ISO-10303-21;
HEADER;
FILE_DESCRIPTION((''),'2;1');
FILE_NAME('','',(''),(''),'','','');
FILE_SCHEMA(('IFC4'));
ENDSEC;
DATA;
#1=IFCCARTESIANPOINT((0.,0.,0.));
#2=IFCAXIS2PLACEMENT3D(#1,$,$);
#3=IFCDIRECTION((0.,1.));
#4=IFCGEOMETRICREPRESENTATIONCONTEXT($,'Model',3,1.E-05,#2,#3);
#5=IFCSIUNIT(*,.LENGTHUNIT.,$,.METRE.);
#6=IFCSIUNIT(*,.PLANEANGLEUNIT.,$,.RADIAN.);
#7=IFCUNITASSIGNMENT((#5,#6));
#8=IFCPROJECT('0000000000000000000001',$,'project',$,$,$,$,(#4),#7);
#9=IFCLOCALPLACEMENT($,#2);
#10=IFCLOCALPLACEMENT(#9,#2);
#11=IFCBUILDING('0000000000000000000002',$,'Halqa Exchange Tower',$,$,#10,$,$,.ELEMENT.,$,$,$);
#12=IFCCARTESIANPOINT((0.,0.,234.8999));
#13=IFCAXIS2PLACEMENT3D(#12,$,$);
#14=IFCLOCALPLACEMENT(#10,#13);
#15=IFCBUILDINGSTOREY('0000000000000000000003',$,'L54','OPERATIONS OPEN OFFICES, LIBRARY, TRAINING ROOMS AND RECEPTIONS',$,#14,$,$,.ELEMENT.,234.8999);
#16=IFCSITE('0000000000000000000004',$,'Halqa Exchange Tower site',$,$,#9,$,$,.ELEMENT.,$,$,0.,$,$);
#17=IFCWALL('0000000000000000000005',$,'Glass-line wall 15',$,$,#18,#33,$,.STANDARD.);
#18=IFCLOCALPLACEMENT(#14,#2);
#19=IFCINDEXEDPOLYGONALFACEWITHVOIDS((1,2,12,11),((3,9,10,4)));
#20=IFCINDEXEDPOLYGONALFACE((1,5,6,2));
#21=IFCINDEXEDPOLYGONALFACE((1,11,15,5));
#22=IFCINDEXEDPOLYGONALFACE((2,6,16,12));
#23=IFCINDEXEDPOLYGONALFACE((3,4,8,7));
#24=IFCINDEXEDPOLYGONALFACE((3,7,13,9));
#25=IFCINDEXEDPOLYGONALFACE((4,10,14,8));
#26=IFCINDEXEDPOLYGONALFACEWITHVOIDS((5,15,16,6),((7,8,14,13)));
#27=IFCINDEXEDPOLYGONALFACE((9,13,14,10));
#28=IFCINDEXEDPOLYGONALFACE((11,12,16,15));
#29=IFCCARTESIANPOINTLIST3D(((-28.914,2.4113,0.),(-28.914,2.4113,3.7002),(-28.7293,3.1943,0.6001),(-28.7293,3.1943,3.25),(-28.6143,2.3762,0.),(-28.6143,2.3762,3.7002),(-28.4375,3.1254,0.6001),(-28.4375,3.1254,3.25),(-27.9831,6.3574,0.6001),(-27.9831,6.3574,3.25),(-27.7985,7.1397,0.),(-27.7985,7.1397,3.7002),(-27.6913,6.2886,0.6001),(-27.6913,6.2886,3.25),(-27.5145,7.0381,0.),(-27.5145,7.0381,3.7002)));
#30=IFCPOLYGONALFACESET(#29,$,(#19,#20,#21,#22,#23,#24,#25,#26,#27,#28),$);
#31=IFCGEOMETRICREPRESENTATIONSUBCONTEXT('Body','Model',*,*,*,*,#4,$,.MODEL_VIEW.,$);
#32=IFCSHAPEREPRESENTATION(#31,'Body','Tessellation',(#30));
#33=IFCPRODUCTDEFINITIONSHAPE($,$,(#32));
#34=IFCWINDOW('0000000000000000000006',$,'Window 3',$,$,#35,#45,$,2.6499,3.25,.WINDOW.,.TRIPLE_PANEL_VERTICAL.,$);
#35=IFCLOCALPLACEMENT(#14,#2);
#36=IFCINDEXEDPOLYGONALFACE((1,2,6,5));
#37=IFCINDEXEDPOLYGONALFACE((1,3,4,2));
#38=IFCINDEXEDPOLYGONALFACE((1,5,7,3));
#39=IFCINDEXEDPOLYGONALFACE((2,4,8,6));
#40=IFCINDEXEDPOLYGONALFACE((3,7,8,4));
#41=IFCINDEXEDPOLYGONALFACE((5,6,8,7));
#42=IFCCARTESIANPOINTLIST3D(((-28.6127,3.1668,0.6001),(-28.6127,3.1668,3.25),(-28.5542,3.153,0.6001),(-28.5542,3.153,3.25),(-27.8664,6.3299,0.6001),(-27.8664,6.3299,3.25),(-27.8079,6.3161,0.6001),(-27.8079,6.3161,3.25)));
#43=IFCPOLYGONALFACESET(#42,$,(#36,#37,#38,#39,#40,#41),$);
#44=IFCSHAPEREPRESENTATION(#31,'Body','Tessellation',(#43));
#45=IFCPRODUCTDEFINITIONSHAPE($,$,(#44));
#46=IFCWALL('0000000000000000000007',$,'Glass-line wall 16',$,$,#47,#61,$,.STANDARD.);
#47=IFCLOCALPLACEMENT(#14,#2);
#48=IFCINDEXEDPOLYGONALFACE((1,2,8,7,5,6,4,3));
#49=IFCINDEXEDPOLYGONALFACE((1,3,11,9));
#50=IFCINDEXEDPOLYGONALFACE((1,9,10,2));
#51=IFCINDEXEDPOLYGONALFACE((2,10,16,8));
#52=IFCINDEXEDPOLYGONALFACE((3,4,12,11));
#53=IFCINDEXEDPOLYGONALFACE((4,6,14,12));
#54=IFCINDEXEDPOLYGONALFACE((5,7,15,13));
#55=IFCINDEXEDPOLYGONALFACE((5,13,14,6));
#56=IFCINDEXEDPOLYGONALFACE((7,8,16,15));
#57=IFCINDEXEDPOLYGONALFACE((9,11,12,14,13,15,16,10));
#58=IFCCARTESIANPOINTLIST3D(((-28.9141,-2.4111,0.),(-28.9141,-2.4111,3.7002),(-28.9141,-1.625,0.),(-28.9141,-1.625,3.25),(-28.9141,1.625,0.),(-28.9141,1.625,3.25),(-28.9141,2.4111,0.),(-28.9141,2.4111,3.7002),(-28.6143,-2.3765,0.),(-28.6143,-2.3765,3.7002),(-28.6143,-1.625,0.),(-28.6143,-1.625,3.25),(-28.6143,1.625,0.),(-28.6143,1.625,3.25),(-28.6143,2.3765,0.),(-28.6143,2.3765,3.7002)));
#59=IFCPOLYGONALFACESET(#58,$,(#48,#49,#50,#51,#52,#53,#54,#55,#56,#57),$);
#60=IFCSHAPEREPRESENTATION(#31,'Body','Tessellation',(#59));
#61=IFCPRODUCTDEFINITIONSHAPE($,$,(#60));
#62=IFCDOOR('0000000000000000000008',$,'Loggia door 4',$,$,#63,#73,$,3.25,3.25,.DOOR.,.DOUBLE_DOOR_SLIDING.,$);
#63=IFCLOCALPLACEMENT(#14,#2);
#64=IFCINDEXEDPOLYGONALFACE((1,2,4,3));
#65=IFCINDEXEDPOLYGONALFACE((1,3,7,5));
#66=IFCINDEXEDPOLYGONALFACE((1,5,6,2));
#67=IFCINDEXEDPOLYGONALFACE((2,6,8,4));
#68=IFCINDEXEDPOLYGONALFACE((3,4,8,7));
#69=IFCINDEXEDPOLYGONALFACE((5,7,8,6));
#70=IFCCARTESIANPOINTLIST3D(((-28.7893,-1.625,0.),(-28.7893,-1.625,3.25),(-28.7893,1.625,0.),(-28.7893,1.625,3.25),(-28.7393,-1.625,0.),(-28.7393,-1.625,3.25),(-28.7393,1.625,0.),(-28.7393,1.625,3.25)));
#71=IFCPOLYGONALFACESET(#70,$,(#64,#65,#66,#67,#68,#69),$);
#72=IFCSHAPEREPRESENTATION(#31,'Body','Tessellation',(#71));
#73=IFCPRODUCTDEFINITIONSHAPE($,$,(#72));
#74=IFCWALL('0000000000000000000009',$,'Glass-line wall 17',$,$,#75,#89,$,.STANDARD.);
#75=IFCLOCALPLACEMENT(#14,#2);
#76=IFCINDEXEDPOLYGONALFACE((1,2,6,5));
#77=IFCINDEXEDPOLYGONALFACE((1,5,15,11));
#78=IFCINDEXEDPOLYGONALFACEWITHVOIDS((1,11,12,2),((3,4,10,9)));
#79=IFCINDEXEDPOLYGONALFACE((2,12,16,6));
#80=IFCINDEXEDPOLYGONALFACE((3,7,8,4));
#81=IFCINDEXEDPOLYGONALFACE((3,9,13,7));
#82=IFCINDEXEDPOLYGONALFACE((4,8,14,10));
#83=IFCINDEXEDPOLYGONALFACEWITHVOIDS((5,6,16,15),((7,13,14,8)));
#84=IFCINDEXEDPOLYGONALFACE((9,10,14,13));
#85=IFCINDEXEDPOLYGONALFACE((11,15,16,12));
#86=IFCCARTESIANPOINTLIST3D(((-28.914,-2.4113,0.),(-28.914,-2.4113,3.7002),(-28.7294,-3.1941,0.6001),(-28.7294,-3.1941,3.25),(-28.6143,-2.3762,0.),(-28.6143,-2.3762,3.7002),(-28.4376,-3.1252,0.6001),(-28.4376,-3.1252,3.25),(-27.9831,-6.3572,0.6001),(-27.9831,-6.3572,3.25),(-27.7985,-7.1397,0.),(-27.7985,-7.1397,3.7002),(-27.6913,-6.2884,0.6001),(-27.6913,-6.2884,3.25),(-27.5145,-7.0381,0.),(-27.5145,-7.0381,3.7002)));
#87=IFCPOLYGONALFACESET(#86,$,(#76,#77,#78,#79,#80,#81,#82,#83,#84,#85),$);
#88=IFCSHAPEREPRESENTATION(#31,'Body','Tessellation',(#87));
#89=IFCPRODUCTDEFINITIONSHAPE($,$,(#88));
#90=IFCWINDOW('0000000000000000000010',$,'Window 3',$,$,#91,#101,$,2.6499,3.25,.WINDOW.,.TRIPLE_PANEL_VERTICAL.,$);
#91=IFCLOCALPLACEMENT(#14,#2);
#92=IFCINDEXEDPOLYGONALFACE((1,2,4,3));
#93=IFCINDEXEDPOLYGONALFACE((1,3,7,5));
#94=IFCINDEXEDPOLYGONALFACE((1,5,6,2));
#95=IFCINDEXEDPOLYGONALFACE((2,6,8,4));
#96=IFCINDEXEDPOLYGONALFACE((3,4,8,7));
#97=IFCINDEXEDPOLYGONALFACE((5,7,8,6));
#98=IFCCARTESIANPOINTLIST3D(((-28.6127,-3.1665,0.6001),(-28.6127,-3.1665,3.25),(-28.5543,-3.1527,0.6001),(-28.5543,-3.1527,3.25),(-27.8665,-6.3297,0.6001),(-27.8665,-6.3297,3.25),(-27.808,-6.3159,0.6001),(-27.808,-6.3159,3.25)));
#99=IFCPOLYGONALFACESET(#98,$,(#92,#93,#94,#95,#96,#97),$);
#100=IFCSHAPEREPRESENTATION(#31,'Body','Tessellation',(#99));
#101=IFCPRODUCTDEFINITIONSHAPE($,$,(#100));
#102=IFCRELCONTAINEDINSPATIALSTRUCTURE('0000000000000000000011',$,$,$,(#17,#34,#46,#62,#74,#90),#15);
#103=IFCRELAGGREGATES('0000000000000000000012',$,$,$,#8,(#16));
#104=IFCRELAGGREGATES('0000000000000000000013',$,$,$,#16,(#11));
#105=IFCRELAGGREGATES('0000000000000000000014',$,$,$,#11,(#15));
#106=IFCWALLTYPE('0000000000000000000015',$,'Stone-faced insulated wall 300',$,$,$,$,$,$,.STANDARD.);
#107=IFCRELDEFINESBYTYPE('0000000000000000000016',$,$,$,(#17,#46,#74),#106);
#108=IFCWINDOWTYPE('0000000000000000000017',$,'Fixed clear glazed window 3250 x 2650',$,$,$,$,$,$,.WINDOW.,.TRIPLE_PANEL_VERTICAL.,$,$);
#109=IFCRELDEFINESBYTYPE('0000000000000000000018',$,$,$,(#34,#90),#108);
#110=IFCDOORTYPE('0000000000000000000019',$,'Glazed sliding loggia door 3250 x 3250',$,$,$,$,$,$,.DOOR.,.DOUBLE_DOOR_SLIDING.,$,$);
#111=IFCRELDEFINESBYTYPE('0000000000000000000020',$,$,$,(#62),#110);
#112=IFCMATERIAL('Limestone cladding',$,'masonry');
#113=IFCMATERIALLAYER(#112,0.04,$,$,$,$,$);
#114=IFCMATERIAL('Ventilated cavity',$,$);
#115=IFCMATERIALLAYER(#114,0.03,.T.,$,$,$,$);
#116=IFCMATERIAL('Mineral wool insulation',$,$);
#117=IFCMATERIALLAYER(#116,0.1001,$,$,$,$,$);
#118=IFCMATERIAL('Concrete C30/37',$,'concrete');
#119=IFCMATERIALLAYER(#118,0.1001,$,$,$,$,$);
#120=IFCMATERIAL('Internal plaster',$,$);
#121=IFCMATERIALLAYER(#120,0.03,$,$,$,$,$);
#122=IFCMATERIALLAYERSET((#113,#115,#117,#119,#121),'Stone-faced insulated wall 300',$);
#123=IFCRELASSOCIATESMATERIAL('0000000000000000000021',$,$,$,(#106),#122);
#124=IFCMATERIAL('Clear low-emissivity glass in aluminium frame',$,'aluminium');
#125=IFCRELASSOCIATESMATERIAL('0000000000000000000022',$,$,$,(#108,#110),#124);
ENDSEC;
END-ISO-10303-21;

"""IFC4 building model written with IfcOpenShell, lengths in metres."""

from ifc_helpers import new_model, si_unit, direction, frame, frame_2d, origin, place, context, subcontext, project, spatial, polyline, rectangle, outline, extrude, material, layer, layer_set, type_object, element, fill, save


model = new_model("IFC4")

# Units and contexts
model_context = context("Model", 3, precision=1e-05, world=origin(), true_north=direction((0.0, 1.0)))
body_context = subcontext(model_context, "Body", "Model", "MODEL_VIEW")
ifc_project = project(units=[si_unit("LENGTHUNIT", "METRE"), si_unit("PLANEANGLEUNIT", "RADIAN")], contexts=[model_context])

# Site, building, storey
site_placement = place(None, origin())
site = spatial("IfcSite", under=ifc_project, at=site_placement, Name="Halqa Exchange Tower site", CompositionType="ELEMENT", RefElevation=0.0)
building_placement = place(site_placement, origin())
building = spatial("IfcBuilding", under=site, at=building_placement, Name="Halqa Exchange Tower", CompositionType="ELEMENT")
storey_placement = place(building_placement, frame((0.0, 0.0, 234.8999)))
storey = spatial("IfcBuildingStorey", under=building, at=storey_placement, Name="L54", Description="OPERATIONS OPEN OFFICES, LIBRARY, TRAINING ROOMS AND RECEPTIONS", CompositionType="ELEMENT", Elevation=234.8999)

# Wall, opening, window
ifc_material_1 = material(Name="Limestone cladding", Category="masonry")
ifc_layer_1 = layer(ifc_material_1, 0.04)
ifc_material_2 = material(Name="Ventilated cavity")
ifc_layer_2 = layer(ifc_material_2, 0.03, ventilated=True)
ifc_material_3 = material(Name="Mineral wool insulation")
ifc_layer_3 = layer(ifc_material_3, 0.1001)
ifc_material_4 = material(Name="Concrete C30/37", Category="concrete")
ifc_layer_4 = layer(ifc_material_4, 0.1001)
ifc_material_5 = material(Name="Internal plaster")
ifc_layer_5 = layer(ifc_material_5, 0.03)
ifc_layer_set_1 = layer_set([ifc_layer_1, ifc_layer_2, ifc_layer_3, ifc_layer_4, ifc_layer_5], Name="Stone-faced insulated wall 300")
wall_type_1 = type_object("IfcWallType", Name="Stone-faced insulated wall 300", PredefinedType="STANDARD", material=ifc_layer_set_1)
ifc_material_6 = material(Name="Clear low-emissivity glass in aluminium frame", Category="aluminium")
window_type = type_object("IfcWindowType", Name="Fixed clear glazed window 3250 x 2650", PartitioningType="TRIPLE_PANEL_VERTICAL", PredefinedType="WINDOW", material=ifc_material_6)
wall_1_placement = place(storey_placement, frame((-27.6565, 7.0889, 0.0), z_axis=(0.0, 0.0, 1.0), x_axis=(-0.229618, -0.973281, 0.0)))
wall_1 = element("IfcWall", 1, at=wall_1_placement, inside=storey, type_object=wall_type_1, Name="Glass-line wall 15", PredefinedType="STANDARD", context=body_context, shape_type="SweptSolid", body=[
    extrude(outline(polyline([(-0.0168, -0.1499), (4.8413, -0.1499), (4.8066, 0.1499), (0.0168, 0.1499), (-0.0168, -0.1499)])), origin(), (0.0, 0.0, 1.0), 3.7002),
])
opening_1_placement = place(wall_1_placement, frame((0.7869, 0.0, 0.6001)))
opening_1 = element("IfcOpeningElement", 2, at=opening_1_placement, cuts=wall_1, PredefinedType="OPENING", context=body_context, shape_type="SweptSolid", body=[
    extrude(rectangle(XDim=3.25, YDim=2.6499, at=frame_2d((1.625, 1.325))), frame((0.0, 0.1621, 0.0), z_axis=(0.0, -1.0, 0.0), x_axis=(1.0, 0.0, 0.0)), (0.0, 0.0, 1.0), 0.324),
])
window_1_placement = place(opening_1_placement, origin())
window_1 = element("IfcWindow", 3, at=window_1_placement, inside=storey, type_object=window_type, Name="Window 3", OverallHeight=2.6499, OverallWidth=3.25, PartitioningType="TRIPLE_PANEL_VERTICAL", PredefinedType="WINDOW", context=body_context, shape_type="SweptSolid", body=[
    extrude(rectangle(XDim=3.25, YDim=2.6499, at=frame_2d((1.625, 1.325))), frame((0.0, 0.03, 0.0), z_axis=(0.0, -1.0, 0.0), x_axis=(1.0, 0.0, 0.0)), (0.0, 0.0, 1.0), 0.0601),
])
fill(opening_1, window_1)

# Wall, opening, door
wall_2_placement = place(storey_placement, frame((-28.7642, 2.3938, 0.0), z_axis=(0.0, 0.0, 1.0), x_axis=(0.0, -1.0, 0.0)))
wall_2 = element("IfcWall", 4, at=wall_2_placement, inside=storey, type_object=wall_type_1, Name="Glass-line wall 16", PredefinedType="STANDARD", context=body_context, shape_type="SweptSolid", body=[
    extrude(outline(polyline([(-0.0173, -0.1499), (4.8049, -0.1499), (4.7703, 0.1499), (0.0173, 0.1499), (-0.0173, -0.1499)])), origin(), (0.0, 0.0, 1.0), 3.7002),
])
opening_2_placement = place(wall_2_placement, frame((0.7688, 0.0, 0.0)))
opening_2 = element("IfcOpeningElement", 5, at=opening_2_placement, cuts=wall_2, PredefinedType="OPENING", context=body_context, shape_type="SweptSolid", body=[
    extrude(rectangle(XDim=3.25, YDim=3.25, at=frame_2d((1.625, 1.625))), frame((0.0, 0.1621, 0.0), z_axis=(0.0, -1.0, 0.0), x_axis=(1.0, 0.0, 0.0)), (0.0, 0.0, 1.0), 0.324),
])
door_type_1 = type_object("IfcDoorType", Name="Glazed sliding loggia door 3250 x 3250", OperationType="DOUBLE_DOOR_SLIDING", PredefinedType="DOOR", material=ifc_material_6)
door_1_placement = place(opening_2_placement, origin())
door_1 = element("IfcDoor", 6, at=door_1_placement, inside=storey, type_object=door_type_1, Name="Loggia door 4", OperationType="DOUBLE_DOOR_SLIDING", OverallHeight=3.25, OverallWidth=3.25, PredefinedType="DOOR", context=body_context, shape_type="SweptSolid", body=[
    extrude(rectangle(XDim=3.25, YDim=3.25, at=frame_2d((1.625, 1.625))), frame((0.0, 0.0249, 0.0), z_axis=(0.0, -1.0, 0.0), x_axis=(1.0, 0.0, 0.0)), (0.0, 0.0, 1.0), 0.05),
])
fill(opening_2, door_1)

# Wall, opening, window
wall_3_placement = place(storey_placement, frame((-28.7642, -2.3938, 0.0), z_axis=(0.0, 0.0, 1.0), x_axis=(0.229618, -0.973281, 0.0)))
wall_3 = element("IfcWall", 7, at=wall_3_placement, inside=storey, type_object=wall_type_1, Name="Glass-line wall 17", PredefinedType="STANDARD", context=body_context, shape_type="SweptSolid", body=[
    extrude(outline(polyline([(-0.0173, -0.1499), (4.8408, -0.1499), (4.8071, 0.1499), (0.0173, 0.1499), (-0.0173, -0.1499)])), origin(), (0.0, 0.0, 1.0), 3.7002),
])
opening_3_placement = place(wall_3_placement, frame((0.7869, 0.0, 0.6001)))
opening_3 = element("IfcOpeningElement", 8, at=opening_3_placement, cuts=wall_3, PredefinedType="OPENING", context=body_context, shape_type="SweptSolid", body=[
    extrude(rectangle(XDim=3.25, YDim=2.6499, at=frame_2d((1.625, 1.325))), frame((0.0, 0.1621, 0.0), z_axis=(0.0, -1.0, 0.0), x_axis=(1.0, 0.0, 0.0)), (0.0, 0.0, 1.0), 0.324),
])
window_2_placement = place(opening_3_placement, origin())
window_2 = element("IfcWindow", 9, at=window_2_placement, inside=storey, type_object=window_type, Name="Window 3", OverallHeight=2.6499, OverallWidth=3.25, PartitioningType="TRIPLE_PANEL_VERTICAL", PredefinedType="WINDOW", context=body_context, shape_type="SweptSolid", body=[
    extrude(rectangle(XDim=3.25, YDim=2.6499, at=frame_2d((1.625, 1.325))), frame((0.0, 0.03, 0.0), z_axis=(0.0, -1.0, 0.0), x_axis=(1.0, 0.0, 0.0)), (0.0, 0.0, 1.0), 0.0601),
])
fill(opening_3, window_2)

save(model, "model.ifc")
